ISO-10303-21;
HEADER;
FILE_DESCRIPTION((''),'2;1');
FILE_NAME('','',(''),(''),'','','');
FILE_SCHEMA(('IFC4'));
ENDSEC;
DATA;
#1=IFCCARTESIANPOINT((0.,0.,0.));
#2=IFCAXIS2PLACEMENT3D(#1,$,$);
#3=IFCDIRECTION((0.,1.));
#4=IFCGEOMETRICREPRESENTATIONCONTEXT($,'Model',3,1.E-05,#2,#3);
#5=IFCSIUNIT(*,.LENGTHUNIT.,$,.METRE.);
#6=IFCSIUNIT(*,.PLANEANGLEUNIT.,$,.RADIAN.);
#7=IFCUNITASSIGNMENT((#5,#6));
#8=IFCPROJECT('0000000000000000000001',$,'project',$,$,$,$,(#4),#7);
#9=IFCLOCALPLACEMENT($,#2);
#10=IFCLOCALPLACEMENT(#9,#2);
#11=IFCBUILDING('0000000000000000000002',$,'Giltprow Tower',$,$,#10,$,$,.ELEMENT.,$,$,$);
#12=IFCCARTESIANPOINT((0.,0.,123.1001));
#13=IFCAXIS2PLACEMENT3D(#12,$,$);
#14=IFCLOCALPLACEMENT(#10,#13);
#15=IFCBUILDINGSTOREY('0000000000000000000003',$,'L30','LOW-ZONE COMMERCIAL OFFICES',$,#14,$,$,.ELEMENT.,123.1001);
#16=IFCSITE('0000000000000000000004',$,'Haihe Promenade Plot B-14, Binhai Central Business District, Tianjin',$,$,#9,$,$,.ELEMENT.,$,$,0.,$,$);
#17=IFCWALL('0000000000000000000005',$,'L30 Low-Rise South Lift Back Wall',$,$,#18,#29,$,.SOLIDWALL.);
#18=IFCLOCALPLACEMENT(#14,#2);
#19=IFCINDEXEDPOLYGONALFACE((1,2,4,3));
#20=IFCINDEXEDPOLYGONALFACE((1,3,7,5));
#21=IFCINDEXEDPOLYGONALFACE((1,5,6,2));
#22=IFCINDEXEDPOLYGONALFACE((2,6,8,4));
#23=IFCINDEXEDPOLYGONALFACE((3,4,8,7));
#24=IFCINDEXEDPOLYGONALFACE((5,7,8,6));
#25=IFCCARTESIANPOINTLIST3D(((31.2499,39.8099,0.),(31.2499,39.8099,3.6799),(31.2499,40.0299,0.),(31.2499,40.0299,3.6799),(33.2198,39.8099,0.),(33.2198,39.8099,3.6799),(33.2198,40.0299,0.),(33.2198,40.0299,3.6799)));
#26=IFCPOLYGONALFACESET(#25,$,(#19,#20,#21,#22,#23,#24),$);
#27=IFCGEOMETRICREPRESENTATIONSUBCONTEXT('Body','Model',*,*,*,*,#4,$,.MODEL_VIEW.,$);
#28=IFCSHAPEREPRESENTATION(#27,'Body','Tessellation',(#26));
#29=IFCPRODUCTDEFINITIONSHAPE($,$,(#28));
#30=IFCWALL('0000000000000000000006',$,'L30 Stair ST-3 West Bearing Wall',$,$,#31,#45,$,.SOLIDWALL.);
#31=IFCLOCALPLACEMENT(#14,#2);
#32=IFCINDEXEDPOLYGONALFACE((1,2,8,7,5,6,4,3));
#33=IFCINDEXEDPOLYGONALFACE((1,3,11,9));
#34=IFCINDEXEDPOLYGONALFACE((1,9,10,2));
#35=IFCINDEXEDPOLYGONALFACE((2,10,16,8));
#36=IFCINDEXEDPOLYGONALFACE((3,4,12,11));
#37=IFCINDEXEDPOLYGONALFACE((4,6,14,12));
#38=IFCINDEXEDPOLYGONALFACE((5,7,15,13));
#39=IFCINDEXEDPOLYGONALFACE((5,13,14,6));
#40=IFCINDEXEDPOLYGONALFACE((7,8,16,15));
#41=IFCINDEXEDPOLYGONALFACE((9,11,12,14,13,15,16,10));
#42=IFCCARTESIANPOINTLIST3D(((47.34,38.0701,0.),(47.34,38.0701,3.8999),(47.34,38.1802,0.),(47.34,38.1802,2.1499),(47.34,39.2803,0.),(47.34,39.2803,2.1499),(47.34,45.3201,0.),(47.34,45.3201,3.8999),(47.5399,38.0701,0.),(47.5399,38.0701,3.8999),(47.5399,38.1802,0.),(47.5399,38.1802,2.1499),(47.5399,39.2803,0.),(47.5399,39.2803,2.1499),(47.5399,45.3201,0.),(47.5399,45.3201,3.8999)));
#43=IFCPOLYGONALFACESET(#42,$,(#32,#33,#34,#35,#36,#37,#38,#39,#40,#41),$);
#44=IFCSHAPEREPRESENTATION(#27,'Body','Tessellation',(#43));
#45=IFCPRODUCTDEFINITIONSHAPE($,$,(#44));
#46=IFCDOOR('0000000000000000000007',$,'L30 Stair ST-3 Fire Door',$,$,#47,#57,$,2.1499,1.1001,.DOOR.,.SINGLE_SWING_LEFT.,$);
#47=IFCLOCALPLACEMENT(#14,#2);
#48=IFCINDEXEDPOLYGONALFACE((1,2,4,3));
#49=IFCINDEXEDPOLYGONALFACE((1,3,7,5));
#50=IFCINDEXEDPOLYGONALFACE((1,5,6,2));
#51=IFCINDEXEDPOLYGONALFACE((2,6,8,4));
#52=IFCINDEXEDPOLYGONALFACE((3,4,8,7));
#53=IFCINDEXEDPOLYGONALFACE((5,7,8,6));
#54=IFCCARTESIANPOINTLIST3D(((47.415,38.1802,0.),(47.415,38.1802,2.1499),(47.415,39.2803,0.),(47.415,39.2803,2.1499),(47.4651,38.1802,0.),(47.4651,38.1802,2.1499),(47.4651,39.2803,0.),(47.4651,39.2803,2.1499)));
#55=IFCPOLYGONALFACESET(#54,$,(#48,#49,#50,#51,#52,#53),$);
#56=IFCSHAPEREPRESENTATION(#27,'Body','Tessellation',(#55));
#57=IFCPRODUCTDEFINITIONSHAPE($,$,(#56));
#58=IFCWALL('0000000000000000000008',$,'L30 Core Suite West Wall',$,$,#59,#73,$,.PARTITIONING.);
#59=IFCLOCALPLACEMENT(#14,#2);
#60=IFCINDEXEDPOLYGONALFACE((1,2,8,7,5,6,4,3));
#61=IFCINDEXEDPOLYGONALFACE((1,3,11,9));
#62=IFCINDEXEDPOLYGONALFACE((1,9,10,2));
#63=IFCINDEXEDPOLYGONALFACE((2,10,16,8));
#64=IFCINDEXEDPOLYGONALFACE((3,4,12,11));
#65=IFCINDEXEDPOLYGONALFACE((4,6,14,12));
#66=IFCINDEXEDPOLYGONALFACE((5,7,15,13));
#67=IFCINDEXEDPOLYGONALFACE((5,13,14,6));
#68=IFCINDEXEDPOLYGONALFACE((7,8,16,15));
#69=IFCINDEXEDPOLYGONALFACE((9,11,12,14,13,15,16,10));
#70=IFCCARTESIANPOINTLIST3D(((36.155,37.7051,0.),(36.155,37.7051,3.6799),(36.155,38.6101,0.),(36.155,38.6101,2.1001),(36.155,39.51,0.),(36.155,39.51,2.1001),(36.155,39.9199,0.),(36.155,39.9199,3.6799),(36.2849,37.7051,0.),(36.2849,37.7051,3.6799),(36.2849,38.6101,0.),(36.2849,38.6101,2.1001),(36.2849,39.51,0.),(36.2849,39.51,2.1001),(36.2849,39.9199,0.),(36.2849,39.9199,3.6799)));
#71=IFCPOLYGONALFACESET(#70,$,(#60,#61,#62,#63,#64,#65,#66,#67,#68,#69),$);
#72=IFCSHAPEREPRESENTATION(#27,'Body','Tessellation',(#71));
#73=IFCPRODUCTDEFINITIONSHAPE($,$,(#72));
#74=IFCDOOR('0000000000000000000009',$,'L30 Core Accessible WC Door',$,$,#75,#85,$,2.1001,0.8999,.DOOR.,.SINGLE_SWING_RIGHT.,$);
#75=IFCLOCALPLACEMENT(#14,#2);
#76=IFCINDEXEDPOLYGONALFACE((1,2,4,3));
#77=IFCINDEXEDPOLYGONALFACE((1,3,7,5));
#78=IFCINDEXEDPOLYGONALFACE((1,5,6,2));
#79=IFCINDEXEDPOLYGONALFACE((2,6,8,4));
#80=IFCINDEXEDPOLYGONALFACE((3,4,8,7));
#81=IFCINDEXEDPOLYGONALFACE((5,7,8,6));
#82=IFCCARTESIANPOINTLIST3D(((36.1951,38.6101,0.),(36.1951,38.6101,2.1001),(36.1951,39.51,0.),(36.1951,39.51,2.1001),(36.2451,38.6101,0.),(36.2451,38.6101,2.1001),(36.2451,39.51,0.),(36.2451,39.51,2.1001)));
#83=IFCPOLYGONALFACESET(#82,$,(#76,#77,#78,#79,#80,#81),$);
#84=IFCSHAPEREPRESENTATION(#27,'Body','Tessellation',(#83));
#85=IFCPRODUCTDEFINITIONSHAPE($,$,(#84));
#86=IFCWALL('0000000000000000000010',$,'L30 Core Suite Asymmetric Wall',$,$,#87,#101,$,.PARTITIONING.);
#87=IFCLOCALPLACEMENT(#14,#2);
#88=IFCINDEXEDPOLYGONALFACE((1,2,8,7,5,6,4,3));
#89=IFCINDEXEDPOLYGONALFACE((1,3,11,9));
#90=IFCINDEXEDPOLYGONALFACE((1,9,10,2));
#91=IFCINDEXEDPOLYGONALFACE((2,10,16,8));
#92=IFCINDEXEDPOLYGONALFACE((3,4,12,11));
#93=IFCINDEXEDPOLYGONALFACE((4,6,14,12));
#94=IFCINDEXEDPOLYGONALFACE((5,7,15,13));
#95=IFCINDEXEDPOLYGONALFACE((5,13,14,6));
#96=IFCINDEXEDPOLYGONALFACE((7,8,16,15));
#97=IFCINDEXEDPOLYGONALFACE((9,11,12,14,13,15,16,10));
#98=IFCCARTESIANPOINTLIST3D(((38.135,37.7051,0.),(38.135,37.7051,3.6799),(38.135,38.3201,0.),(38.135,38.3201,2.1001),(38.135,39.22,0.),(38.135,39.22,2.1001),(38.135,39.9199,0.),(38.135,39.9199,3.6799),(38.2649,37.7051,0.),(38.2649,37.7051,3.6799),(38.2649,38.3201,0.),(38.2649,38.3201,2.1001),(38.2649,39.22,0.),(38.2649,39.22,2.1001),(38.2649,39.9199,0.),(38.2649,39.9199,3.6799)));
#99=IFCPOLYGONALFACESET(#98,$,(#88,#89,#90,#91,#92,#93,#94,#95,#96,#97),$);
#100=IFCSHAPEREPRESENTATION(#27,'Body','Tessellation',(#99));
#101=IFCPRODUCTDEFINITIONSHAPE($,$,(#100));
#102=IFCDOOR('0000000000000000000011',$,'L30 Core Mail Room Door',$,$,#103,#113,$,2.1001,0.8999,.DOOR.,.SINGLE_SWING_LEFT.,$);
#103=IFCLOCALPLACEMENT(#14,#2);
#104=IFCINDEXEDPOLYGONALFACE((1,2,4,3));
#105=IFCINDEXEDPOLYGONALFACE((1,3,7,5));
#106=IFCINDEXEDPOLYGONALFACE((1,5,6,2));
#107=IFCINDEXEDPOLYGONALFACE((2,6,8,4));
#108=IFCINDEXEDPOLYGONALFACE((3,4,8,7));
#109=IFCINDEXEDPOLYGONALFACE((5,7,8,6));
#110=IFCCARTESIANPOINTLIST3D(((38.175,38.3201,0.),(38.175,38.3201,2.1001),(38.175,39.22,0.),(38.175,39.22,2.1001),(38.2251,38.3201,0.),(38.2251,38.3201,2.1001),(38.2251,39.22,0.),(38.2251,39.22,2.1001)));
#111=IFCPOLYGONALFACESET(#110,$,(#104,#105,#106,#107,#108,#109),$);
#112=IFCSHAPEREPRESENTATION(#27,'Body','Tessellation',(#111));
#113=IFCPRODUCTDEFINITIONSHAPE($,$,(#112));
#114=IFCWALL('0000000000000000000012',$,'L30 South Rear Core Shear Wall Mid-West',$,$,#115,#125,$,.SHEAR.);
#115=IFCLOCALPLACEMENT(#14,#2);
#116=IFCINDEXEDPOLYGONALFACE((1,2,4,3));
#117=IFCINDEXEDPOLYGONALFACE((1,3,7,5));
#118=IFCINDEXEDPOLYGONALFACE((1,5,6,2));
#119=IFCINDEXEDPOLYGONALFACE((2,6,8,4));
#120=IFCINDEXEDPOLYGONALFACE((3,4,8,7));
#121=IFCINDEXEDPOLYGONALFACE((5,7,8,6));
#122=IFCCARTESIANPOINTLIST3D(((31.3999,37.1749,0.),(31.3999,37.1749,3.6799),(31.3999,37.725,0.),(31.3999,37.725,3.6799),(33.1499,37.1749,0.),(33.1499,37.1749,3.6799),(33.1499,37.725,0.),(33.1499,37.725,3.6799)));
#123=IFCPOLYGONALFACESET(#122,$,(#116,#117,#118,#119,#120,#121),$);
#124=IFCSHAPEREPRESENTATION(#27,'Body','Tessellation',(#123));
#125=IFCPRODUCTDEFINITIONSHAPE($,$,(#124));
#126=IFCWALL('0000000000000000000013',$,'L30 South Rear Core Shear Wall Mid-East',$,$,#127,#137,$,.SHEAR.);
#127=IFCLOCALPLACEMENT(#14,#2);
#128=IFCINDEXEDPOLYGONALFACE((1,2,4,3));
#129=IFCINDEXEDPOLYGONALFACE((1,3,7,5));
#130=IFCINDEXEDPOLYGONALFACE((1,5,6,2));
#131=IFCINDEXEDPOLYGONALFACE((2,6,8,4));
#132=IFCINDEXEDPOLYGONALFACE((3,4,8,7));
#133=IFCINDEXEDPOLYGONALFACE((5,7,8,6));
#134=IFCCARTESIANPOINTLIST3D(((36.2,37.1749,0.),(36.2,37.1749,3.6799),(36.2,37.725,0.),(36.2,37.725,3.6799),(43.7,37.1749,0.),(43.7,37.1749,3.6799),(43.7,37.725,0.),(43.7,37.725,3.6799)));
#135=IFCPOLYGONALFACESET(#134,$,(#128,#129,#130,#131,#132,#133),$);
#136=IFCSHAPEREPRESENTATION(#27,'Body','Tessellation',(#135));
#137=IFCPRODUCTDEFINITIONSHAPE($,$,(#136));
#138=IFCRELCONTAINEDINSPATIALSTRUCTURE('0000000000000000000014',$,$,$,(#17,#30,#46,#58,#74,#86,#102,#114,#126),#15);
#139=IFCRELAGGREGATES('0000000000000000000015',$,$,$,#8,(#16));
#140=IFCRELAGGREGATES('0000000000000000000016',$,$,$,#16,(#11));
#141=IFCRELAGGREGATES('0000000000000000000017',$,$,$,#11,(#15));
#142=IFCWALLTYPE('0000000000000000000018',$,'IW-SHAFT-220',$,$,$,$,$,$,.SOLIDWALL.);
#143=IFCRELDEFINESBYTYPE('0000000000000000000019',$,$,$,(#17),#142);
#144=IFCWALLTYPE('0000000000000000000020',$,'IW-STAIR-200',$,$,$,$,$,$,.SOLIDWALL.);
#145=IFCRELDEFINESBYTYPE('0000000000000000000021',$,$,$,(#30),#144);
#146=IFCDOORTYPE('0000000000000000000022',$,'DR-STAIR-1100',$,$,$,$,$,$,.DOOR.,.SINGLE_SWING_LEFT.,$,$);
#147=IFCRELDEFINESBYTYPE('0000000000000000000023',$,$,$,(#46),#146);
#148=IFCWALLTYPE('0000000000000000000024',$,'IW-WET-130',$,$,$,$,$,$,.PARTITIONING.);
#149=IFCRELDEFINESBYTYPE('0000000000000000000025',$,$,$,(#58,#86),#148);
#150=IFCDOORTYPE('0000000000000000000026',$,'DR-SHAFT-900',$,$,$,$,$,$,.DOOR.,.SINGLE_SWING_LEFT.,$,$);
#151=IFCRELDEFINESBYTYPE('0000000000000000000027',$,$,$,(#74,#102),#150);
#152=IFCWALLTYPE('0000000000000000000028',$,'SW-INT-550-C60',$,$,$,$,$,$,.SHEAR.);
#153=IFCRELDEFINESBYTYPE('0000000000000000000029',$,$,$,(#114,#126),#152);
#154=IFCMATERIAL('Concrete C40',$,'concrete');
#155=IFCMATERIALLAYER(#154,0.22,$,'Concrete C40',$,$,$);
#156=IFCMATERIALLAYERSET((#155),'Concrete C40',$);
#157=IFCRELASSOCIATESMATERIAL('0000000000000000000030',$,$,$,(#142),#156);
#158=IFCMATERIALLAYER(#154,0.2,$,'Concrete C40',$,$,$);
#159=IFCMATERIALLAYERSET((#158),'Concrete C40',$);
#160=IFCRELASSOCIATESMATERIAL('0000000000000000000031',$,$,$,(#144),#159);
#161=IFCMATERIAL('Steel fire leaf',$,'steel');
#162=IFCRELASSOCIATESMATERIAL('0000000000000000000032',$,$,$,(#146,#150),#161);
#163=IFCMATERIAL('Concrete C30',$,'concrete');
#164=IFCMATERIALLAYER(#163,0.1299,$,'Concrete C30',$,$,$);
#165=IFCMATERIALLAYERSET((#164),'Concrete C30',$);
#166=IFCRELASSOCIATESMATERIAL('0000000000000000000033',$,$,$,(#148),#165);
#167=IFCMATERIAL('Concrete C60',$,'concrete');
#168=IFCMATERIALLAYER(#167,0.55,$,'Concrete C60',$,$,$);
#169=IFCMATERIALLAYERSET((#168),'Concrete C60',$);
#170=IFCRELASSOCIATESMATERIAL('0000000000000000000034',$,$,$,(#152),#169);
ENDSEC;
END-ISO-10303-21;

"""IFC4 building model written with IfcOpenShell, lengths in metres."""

from ifc_helpers import new_model, si_unit, direction, frame, frame_2d, origin, place, context, subcontext, project, spatial, rectangle, extrude, source, transform, mapped, material, layer, layer_set, type_object, element, fill, save


model = new_model("IFC4")

# Units and contexts
model_context = context("Model", 3, precision=1e-05, world=origin(), true_north=direction((0.0, 1.0)))
body_context = subcontext(model_context, "Body", "Model", "MODEL_VIEW")
ifc_project = project(units=[si_unit("LENGTHUNIT", "METRE"), si_unit("PLANEANGLEUNIT", "RADIAN")], contexts=[model_context])

# Site, building, storey
site_placement = place(None, origin())
site = spatial("IfcSite", under=ifc_project, at=site_placement, Name="Haihe Promenade Plot B-14, Binhai Central Business District, Tianjin", CompositionType="ELEMENT", RefElevation=0.0)
building_placement = place(site_placement, origin())
building = spatial("IfcBuilding", under=site, at=building_placement, Name="Giltprow Tower", CompositionType="ELEMENT")
storey_placement = place(building_placement, frame((0.0, 0.0, 123.1001)))
storey = spatial("IfcBuildingStorey", under=building, at=storey_placement, Name="L30", Description="LOW-ZONE COMMERCIAL OFFICES", CompositionType="ELEMENT", Elevation=123.1001)

# Shared definitions
ifc_material_1 = material(Name="Concrete C60", Category="concrete")

# Wall
ifc_material_2 = material(Name="Concrete C40", Category="concrete")
ifc_layer_1 = layer(ifc_material_2, 0.22, Name="Concrete C40")
ifc_layer_set_1 = layer_set([ifc_layer_1], Name="Concrete C40")
wall_type_1 = type_object("IfcWallType", Name="IW-SHAFT-220", PredefinedType="SOLIDWALL", material=ifc_layer_set_1)
wall_1_placement = place(storey_placement, frame((31.25, 39.9199, 0.0), z_axis=(0.0, 0.0, 1.0), x_axis=(1.0, 0.0, 0.0)))
element("IfcWall", 1, at=wall_1_placement, inside=storey, type_object=wall_type_1, Name="L30 Low-Rise South Lift Back Wall", PredefinedType="SOLIDWALL", context=body_context, shape_type="SweptSolid", body=[
    extrude(rectangle(XDim=1.97, YDim=0.22, at=frame_2d((0.9849, 0.0))), origin(), (0.0, 0.0, 1.0), 3.6799),
])

# Walls, openings, doors
ifc_layer_2 = layer(ifc_material_2, 0.2, Name="Concrete C40")
ifc_layer_set_2 = layer_set([ifc_layer_2], Name="Concrete C40")
wall_type_2 = type_object("IfcWallType", Name="IW-STAIR-200", PredefinedType="SOLIDWALL", material=ifc_layer_set_2)
wall_2_placement = place(storey_placement, frame((47.4399, 38.0701, 0.0), z_axis=(0.0, 0.0, 1.0), x_axis=(0.0, 1.0, 0.0)))
wall_2 = element("IfcWall", 2, at=wall_2_placement, inside=storey, type_object=wall_type_2, Name="L30 Stair ST-3 West Bearing Wall", PredefinedType="SOLIDWALL", context=body_context, shape_type="SweptSolid", body=[
    extrude(rectangle(XDim=7.25, YDim=0.2, at=frame_2d((3.625, 0.0))), origin(), (0.0, 0.0, 1.0), 3.8999),
])
opening_1_placement = place(wall_2_placement, frame((0.1101, 0.0, 0.0)))
opening_1 = element("IfcOpeningElement", 3, at=opening_1_placement, cuts=wall_2, PredefinedType="OPENING", context=body_context, shape_type="SweptSolid", body=[
    extrude(rectangle(XDim=1.1001, YDim=2.1499, at=frame_2d((0.55, 1.075))), frame((0.0, 0.1099, 0.0), z_axis=(0.0, -1.0, 0.0), x_axis=(1.0, 0.0, 0.0)), (0.0, 0.0, 1.0), 0.22),
])
ifc_material_3 = material(Name="Steel fire leaf", Category="steel")
door_type_1 = type_object("IfcDoorType", Name="DR-STAIR-1100", OperationType="SINGLE_SWING_LEFT", PredefinedType="DOOR", material=ifc_material_3)
shared_shape_1 = source(origin(), body_context, "Body", "SweptSolid", [
    extrude(rectangle(XDim=1.1001, YDim=2.1499, at=frame_2d((0.55, 1.075))), frame((0.0, 0.0249, 0.0), z_axis=(0.0, -1.0, 0.0), x_axis=(1.0, 0.0, 0.0)), (0.0, 0.0, 1.0), 0.05),
])
door_1_placement = place(opening_1_placement, origin())
door_1 = element("IfcDoor", 4, at=door_1_placement, inside=storey, type_object=door_type_1, Name="L30 Stair ST-3 Fire Door", OperationType="SINGLE_SWING_LEFT", OverallHeight=2.1499, OverallWidth=1.1001, PredefinedType="DOOR", context=body_context, shape_type="MappedRepresentation", body=[
    mapped(shared_shape_1, transform((0.0, 0.0, 0.0), x_axis=(1.0, 0.0, 0.0), y_axis=(0.0, 1.0, 0.0), z_axis=(0.0, 0.0, 1.0), scale=1.0)),
])
fill(opening_1, door_1)
ifc_material_4 = material(Name="Concrete C30", Category="concrete")
ifc_layer_3 = layer(ifc_material_4, 0.1299, Name="Concrete C30")
ifc_layer_set_3 = layer_set([ifc_layer_3], Name="Concrete C30")
wall_type_3 = type_object("IfcWallType", Name="IW-WET-130", PredefinedType="PARTITIONING", material=ifc_layer_set_3)
wall_3_placement = place(storey_placement, frame((36.22, 37.7051, 0.0), z_axis=(0.0, 0.0, 1.0), x_axis=(0.0, 1.0, 0.0)))
wall_3 = element("IfcWall", 5, at=wall_3_placement, inside=storey, type_object=wall_type_3, Name="L30 Core Suite West Wall", PredefinedType="PARTITIONING", context=body_context, shape_type="SweptSolid", body=[
    extrude(rectangle(XDim=2.2148, YDim=0.1299, at=frame_2d((1.1074, 0.0))), origin(), (0.0, 0.0, 1.0), 3.6799),
])
opening_2_placement = place(wall_3_placement, frame((0.905, 0.0, 0.0)))
opening_2 = element("IfcOpeningElement", 6, at=opening_2_placement, cuts=wall_3, PredefinedType="OPENING", context=body_context, shape_type="SweptSolid", body=[
    extrude(rectangle(XDim=0.8999, YDim=2.1001, at=frame_2d((0.45, 1.05))), frame((0.0, 0.075, 0.0), z_axis=(0.0, -1.0, 0.0), x_axis=(1.0, 0.0, 0.0)), (0.0, 0.0, 1.0), 0.1499),
])
door_type_2 = type_object("IfcDoorType", Name="DR-SHAFT-900", OperationType="SINGLE_SWING_LEFT", PredefinedType="DOOR", material=ifc_material_3)
shared_shape_2 = source(origin(), body_context, "Body", "SweptSolid", [
    extrude(rectangle(XDim=0.8999, YDim=2.1001, at=frame_2d((0.45, 1.05))), frame((0.0, 0.0249, 0.0), z_axis=(0.0, -1.0, 0.0), x_axis=(1.0, 0.0, 0.0)), (0.0, 0.0, 1.0), 0.05),
])
door_2_placement = place(opening_2_placement, origin())
door_2 = element("IfcDoor", 7, at=door_2_placement, inside=storey, type_object=door_type_2, Name="L30 Core Accessible WC Door", OperationType="SINGLE_SWING_RIGHT", OverallHeight=2.1001, OverallWidth=0.8999, PredefinedType="DOOR", context=body_context, shape_type="MappedRepresentation", body=[
    mapped(shared_shape_2, transform((0.0, 0.0, 0.0), x_axis=(1.0, 0.0, 0.0), y_axis=(0.0, 1.0, 0.0), z_axis=(0.0, 0.0, 1.0), scale=1.0)),
])
fill(opening_2, door_2)
wall_4_placement = place(storey_placement, frame((38.2, 37.7051, 0.0), z_axis=(0.0, 0.0, 1.0), x_axis=(0.0, 1.0, 0.0)))
wall_4 = element("IfcWall", 8, at=wall_4_placement, inside=storey, type_object=wall_type_3, Name="L30 Core Suite Asymmetric Wall", PredefinedType="PARTITIONING", context=body_context, shape_type="SweptSolid", body=[
    extrude(rectangle(XDim=2.2148, YDim=0.1299, at=frame_2d((1.1074, 0.0))), origin(), (0.0, 0.0, 1.0), 3.6799),
])
opening_3_placement = place(wall_4_placement, frame((0.615, 0.0, 0.0)))
opening_3 = element("IfcOpeningElement", 9, at=opening_3_placement, cuts=wall_4, PredefinedType="OPENING", context=body_context, shape_type="SweptSolid", body=[
    extrude(rectangle(XDim=0.8999, YDim=2.1001, at=frame_2d((0.45, 1.05))), frame((0.0, 0.075, 0.0), z_axis=(0.0, -1.0, 0.0), x_axis=(1.0, 0.0, 0.0)), (0.0, 0.0, 1.0), 0.1499),
])
door_3_placement = place(opening_3_placement, origin())
door_3 = element("IfcDoor", 10, at=door_3_placement, inside=storey, type_object=door_type_2, Name="L30 Core Mail Room Door", OperationType="SINGLE_SWING_LEFT", OverallHeight=2.1001, OverallWidth=0.8999, PredefinedType="DOOR", context=body_context, shape_type="MappedRepresentation", body=[
    mapped(shared_shape_2, transform((0.0, 0.0, 0.0), x_axis=(1.0, 0.0, 0.0), y_axis=(0.0, 1.0, 0.0), z_axis=(0.0, 0.0, 1.0), scale=1.0)),
])
fill(opening_3, door_3)

# Walls
ifc_layer_4 = layer(ifc_material_1, 0.55, Name="Concrete C60")
ifc_layer_set_4 = layer_set([ifc_layer_4], Name="Concrete C60")
wall_type_4 = type_object("IfcWallType", Name="SW-INT-550-C60", PredefinedType="SHEAR", material=ifc_layer_set_4)
wall_5_placement = place(storey_placement, frame((31.3999, 37.45, 0.0), z_axis=(0.0, 0.0, 1.0), x_axis=(1.0, 0.0, 0.0)))
element("IfcWall", 11, at=wall_5_placement, inside=storey, type_object=wall_type_4, Name="L30 South Rear Core Shear Wall Mid-West", PredefinedType="SHEAR", context=body_context, shape_type="SweptSolid", body=[
    extrude(rectangle(XDim=1.75, YDim=0.55, at=frame_2d((0.875, 0.0))), origin(), (0.0, 0.0, 1.0), 3.6799),
])
wall_6_placement = place(storey_placement, frame((36.2, 37.45, 0.0), z_axis=(0.0, 0.0, 1.0), x_axis=(1.0, 0.0, 0.0)))
element("IfcWall", 12, at=wall_6_placement, inside=storey, type_object=wall_type_4, Name="L30 South Rear Core Shear Wall Mid-East", PredefinedType="SHEAR", context=body_context, shape_type="SweptSolid", body=[
    extrude(rectangle(XDim=7.5, YDim=0.55, at=frame_2d((3.75, 0.0))), origin(), (0.0, 0.0, 1.0), 3.6799),
])

save(model, "model.ifc")
